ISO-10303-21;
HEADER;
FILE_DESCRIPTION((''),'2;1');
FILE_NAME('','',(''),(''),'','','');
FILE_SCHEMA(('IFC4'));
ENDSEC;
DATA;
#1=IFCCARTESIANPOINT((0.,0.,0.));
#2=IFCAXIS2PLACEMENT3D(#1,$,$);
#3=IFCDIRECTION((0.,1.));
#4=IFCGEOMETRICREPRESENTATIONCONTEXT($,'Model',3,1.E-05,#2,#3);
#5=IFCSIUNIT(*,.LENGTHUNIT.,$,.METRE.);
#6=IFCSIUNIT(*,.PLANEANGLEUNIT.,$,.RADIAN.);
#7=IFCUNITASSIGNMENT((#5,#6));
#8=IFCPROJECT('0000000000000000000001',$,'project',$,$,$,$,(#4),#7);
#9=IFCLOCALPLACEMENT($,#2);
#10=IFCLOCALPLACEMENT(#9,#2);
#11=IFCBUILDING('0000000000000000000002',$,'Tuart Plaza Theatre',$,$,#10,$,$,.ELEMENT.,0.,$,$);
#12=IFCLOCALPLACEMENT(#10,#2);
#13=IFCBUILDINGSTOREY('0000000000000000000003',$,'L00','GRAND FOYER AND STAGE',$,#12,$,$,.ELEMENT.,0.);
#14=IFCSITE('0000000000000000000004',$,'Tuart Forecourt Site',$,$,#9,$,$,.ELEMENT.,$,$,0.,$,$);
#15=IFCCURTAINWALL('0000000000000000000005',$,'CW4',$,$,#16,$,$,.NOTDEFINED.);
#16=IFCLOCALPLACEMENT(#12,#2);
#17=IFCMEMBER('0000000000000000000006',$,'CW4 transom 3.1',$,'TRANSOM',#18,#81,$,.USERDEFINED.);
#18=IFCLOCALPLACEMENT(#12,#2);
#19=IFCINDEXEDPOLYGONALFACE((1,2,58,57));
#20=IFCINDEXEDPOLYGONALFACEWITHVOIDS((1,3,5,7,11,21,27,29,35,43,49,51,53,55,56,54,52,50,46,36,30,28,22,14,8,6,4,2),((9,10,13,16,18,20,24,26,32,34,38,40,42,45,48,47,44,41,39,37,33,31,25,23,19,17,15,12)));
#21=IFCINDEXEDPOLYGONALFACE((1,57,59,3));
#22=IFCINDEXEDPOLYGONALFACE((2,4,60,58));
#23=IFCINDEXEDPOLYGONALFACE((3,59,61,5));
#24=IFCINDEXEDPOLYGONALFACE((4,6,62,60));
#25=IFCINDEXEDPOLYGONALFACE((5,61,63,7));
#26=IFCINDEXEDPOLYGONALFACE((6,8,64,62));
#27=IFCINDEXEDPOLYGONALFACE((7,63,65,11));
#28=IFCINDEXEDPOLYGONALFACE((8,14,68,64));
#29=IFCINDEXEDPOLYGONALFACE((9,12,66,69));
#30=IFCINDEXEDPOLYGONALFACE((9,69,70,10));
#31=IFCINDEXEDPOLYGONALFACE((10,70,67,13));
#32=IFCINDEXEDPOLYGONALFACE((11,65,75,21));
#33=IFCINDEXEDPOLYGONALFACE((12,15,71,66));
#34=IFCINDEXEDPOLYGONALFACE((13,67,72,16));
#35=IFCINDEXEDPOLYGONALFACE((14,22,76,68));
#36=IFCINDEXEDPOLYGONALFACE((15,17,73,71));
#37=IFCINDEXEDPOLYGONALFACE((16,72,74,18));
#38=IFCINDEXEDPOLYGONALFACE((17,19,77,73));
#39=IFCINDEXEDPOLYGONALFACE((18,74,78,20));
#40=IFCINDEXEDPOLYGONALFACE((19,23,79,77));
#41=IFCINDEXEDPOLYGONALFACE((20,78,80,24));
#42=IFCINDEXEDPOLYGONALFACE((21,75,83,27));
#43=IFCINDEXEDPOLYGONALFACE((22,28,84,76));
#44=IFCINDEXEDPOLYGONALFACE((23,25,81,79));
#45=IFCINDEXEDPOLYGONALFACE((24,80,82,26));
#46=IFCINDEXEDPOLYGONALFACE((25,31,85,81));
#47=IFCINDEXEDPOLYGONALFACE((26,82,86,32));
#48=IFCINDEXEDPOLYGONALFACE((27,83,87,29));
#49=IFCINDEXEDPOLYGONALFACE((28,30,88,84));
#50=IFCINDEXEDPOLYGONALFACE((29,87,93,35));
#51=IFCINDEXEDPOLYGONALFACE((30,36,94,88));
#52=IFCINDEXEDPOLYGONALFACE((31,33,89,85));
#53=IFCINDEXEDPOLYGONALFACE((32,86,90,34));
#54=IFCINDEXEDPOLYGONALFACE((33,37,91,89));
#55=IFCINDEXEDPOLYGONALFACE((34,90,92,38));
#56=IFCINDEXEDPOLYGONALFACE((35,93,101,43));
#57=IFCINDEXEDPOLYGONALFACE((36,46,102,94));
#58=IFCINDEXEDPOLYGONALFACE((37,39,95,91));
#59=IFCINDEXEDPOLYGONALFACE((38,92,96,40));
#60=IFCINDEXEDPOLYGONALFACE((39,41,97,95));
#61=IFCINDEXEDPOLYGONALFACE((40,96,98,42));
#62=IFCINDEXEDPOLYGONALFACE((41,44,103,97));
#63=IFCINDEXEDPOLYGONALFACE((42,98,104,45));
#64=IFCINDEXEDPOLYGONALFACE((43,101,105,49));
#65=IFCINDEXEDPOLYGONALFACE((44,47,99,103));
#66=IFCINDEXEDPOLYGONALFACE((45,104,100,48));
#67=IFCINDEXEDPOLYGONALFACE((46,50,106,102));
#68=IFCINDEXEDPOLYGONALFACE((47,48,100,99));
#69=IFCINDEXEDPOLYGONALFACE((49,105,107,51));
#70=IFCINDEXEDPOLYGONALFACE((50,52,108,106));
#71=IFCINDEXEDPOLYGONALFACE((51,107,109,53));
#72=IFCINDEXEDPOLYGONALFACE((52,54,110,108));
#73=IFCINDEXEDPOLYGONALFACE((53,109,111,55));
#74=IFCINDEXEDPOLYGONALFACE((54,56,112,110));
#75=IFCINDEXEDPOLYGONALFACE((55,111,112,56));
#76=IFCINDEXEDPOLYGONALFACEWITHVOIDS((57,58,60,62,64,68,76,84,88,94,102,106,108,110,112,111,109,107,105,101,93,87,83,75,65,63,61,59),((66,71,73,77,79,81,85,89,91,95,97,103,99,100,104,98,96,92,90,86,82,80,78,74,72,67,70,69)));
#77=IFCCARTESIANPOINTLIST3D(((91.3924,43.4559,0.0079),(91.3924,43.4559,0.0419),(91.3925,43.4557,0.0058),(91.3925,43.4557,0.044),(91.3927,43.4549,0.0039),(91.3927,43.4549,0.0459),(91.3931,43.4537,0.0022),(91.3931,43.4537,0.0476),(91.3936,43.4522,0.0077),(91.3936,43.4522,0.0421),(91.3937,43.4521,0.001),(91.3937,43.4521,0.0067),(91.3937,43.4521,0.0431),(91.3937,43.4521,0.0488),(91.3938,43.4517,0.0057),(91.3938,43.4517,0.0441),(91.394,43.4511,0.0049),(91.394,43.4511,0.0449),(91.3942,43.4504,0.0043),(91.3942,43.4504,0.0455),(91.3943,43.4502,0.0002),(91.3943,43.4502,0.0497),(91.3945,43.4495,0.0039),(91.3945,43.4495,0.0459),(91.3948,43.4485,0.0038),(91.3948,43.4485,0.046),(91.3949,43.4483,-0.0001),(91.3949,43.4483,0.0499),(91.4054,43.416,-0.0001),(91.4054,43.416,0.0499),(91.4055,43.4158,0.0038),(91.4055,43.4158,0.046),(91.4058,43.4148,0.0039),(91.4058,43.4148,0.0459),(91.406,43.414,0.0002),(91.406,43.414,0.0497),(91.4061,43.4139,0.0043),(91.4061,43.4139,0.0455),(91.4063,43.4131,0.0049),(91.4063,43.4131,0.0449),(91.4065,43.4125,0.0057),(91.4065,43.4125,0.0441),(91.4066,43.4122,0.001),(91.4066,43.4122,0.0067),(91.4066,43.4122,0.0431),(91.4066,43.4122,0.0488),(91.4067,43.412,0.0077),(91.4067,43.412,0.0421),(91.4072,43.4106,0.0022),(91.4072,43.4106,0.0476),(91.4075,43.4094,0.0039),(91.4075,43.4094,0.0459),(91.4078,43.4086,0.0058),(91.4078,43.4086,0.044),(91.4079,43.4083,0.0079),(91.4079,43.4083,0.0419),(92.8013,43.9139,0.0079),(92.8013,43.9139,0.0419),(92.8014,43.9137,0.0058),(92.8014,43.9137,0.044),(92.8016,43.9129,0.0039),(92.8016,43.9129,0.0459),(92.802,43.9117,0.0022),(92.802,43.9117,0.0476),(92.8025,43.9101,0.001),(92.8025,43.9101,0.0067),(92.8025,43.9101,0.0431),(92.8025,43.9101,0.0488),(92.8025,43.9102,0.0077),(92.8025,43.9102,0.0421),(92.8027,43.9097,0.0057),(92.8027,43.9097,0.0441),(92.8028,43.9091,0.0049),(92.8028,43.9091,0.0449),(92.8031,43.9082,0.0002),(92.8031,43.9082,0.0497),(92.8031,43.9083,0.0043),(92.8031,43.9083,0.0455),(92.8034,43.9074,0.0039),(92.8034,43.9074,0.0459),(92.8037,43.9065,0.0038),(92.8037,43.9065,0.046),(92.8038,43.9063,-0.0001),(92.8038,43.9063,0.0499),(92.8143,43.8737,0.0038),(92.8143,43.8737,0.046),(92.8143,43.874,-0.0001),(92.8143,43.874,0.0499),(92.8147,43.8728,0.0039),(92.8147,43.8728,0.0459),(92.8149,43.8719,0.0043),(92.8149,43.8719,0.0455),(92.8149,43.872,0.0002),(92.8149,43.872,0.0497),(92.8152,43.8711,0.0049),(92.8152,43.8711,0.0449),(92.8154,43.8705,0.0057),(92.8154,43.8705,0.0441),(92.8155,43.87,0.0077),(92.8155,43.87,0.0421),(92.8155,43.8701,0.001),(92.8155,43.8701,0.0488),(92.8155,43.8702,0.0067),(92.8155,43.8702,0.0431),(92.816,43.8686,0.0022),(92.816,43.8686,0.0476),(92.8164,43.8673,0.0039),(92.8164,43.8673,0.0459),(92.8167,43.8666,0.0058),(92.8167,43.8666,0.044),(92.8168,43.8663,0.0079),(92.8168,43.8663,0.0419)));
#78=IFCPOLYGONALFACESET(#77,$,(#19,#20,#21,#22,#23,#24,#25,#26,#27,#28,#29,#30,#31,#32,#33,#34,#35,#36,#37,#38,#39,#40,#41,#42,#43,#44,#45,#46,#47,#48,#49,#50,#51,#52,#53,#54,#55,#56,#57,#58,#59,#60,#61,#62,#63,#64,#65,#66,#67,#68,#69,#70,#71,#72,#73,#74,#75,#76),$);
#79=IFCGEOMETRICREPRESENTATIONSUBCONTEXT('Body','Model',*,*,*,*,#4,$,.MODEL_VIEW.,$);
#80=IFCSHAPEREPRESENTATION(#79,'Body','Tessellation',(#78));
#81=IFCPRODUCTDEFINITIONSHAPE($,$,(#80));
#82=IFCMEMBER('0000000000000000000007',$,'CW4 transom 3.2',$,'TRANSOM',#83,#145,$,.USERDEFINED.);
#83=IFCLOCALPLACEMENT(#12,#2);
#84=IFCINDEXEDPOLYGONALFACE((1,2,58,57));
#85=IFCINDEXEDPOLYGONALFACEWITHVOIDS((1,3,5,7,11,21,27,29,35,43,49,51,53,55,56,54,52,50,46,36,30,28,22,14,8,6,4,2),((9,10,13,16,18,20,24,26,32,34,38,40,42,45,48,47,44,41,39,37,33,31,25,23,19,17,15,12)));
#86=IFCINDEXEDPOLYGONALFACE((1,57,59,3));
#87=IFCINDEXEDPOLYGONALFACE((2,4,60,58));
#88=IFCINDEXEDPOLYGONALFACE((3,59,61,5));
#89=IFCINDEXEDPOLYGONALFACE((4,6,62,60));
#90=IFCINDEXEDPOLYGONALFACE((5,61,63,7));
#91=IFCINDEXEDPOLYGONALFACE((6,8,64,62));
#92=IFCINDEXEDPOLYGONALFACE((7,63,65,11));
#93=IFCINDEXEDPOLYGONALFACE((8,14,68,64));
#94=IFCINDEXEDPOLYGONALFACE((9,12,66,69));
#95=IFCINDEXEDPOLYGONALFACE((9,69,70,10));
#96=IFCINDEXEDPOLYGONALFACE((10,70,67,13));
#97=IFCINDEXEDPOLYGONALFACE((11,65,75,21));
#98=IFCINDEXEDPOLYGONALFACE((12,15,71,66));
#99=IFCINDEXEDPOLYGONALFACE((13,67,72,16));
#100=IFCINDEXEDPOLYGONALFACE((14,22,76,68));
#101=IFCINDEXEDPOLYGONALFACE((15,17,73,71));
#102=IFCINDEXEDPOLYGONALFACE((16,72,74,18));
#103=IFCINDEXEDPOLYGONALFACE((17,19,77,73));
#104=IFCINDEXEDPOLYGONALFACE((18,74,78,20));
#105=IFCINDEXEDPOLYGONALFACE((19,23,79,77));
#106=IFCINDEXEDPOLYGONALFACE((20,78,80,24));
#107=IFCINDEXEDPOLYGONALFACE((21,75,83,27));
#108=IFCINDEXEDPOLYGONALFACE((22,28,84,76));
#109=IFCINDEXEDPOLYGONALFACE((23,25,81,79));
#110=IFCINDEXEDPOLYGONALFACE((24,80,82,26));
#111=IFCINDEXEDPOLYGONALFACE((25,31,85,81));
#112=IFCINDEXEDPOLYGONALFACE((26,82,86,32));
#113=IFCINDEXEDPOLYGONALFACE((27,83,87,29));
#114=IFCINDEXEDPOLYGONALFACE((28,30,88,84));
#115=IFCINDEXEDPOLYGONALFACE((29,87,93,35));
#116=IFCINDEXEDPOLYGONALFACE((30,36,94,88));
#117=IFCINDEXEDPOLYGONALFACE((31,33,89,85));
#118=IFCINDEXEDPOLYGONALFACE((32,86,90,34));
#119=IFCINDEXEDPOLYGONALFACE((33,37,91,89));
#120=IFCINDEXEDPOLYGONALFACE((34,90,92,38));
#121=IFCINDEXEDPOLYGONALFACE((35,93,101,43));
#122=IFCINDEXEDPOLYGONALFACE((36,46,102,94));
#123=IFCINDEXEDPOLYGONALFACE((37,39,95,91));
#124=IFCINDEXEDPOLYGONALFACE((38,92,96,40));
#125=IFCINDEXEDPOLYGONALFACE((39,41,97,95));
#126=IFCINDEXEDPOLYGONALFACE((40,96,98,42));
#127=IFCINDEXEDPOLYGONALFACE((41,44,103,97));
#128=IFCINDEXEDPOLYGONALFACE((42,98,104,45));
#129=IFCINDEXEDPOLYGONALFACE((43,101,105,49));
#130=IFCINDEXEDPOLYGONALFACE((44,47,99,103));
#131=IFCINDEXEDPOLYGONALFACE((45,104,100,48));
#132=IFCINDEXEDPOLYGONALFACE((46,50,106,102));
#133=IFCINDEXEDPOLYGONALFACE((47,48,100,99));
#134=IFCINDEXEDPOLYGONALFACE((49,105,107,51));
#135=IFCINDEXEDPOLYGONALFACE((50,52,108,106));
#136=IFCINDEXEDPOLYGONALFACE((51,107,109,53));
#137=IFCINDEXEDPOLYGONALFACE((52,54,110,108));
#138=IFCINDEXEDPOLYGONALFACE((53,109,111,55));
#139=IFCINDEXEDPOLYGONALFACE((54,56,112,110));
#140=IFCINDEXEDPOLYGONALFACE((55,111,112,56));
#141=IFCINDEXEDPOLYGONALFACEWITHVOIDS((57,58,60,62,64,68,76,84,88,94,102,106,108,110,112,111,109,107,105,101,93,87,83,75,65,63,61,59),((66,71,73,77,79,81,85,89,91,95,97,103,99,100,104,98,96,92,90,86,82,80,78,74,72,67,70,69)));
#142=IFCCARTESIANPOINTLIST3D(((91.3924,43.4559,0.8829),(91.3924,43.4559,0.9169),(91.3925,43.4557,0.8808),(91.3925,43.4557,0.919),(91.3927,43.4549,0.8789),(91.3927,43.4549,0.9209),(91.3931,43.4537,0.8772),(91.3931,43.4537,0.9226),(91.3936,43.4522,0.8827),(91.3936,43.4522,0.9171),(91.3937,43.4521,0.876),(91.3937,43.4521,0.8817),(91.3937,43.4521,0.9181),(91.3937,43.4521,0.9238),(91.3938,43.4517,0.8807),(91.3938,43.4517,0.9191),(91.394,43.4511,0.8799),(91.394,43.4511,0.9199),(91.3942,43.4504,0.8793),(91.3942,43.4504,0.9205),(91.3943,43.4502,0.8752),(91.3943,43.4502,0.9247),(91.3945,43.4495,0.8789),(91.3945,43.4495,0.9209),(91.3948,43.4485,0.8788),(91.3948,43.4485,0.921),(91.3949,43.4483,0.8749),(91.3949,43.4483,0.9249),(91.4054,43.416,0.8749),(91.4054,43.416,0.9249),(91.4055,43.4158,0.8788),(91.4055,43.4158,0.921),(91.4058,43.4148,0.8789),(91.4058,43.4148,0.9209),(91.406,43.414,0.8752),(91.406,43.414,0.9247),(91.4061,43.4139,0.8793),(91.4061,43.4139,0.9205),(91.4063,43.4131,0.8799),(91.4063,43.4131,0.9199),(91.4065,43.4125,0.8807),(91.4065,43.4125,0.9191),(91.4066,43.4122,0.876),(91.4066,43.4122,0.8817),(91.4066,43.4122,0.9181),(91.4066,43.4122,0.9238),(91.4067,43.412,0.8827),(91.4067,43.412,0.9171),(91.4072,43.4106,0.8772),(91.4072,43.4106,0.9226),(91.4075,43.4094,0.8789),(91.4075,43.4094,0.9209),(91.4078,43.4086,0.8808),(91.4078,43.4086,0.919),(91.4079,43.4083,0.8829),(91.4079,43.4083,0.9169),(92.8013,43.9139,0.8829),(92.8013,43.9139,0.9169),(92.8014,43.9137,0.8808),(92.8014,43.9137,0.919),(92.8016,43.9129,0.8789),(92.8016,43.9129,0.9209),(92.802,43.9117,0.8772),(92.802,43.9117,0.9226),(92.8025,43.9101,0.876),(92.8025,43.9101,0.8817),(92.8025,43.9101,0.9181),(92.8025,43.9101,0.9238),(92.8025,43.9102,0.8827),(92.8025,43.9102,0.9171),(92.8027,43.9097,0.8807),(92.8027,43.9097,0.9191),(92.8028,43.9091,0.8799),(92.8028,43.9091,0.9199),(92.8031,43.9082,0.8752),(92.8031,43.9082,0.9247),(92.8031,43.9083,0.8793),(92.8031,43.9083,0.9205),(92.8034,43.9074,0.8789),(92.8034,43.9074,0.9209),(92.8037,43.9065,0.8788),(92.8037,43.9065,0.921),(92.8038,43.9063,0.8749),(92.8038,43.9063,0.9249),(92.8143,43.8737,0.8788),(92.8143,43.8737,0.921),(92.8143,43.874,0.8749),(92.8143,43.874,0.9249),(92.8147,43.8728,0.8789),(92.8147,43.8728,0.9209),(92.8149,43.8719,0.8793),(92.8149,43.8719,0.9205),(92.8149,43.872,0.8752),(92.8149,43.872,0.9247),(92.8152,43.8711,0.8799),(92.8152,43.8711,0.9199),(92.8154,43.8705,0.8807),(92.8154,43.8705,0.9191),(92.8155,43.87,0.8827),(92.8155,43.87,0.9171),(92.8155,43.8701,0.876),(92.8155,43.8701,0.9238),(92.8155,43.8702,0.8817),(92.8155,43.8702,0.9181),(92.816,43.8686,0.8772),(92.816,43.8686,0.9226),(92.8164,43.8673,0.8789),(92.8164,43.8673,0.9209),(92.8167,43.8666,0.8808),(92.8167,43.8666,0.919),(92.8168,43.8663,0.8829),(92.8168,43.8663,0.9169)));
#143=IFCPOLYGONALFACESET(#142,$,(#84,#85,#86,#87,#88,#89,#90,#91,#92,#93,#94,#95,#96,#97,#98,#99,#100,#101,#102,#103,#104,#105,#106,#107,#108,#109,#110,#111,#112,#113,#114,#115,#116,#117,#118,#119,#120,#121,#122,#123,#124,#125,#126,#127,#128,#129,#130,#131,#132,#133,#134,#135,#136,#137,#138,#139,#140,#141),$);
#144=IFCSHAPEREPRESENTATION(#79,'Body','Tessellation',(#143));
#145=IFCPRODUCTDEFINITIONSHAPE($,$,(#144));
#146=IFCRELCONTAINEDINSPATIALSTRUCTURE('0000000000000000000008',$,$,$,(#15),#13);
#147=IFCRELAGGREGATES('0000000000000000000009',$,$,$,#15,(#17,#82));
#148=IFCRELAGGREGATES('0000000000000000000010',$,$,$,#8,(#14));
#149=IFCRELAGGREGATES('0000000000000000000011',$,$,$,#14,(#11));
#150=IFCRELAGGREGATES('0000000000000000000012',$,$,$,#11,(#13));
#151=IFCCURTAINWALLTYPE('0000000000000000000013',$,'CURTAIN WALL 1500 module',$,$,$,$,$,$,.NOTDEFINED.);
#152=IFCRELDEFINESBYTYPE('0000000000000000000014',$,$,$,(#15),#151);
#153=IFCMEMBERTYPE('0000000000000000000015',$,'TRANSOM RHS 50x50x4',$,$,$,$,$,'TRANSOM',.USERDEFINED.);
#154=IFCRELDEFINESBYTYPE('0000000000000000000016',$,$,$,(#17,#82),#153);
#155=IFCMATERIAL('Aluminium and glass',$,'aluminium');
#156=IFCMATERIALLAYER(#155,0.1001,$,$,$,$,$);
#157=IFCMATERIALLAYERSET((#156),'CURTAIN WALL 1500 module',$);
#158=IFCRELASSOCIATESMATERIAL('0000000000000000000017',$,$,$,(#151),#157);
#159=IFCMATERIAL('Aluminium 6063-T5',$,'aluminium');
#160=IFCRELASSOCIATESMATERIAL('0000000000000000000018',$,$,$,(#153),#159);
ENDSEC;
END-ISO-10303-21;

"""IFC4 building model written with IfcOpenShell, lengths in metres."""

from ifc_helpers import new_model, si_unit, direction, frame, origin, origin_2d, place, context, subcontext, project, spatial, hollow_rectangle, extrude, material, layer, layer_set, material_profile, profile_set, type_object, element, aggregate, save


model = new_model("IFC4")

# Units and contexts
model_context = context("Model", 3, precision=1e-05, world=origin(), true_north=direction((0.0, 1.0)))
body_context = subcontext(model_context, "Body", "Model", "MODEL_VIEW")
ifc_project = project(units=[si_unit("LENGTHUNIT", "METRE"), si_unit("PLANEANGLEUNIT", "RADIAN")], contexts=[model_context])

# Site, building, storey
site_placement = place(None, origin())
site = spatial("IfcSite", under=ifc_project, at=site_placement, Name="Tuart Forecourt Site", CompositionType="ELEMENT", RefElevation=0.0)
building_placement = place(site_placement, origin())
building = spatial("IfcBuilding", under=site, at=building_placement, Name="Tuart Plaza Theatre", CompositionType="ELEMENT", ElevationOfRefHeight=0.0)
storey_placement = place(building_placement, origin())
storey = spatial("IfcBuildingStorey", under=building, at=storey_placement, Name="L00", Description="GRAND FOYER AND STAGE", CompositionType="ELEMENT", Elevation=0.0)

# Curtain wall, members
ifc_material_1 = material(Name="Aluminium and glass", Category="aluminium")
ifc_layer_1 = layer(ifc_material_1, 0.1001)
ifc_layer_set_1 = layer_set([ifc_layer_1], Name="CURTAIN WALL 1500 module")
curtain_wall_type = type_object("IfcCurtainWallType", Name="CURTAIN WALL 1500 module", PredefinedType="NOTDEFINED", material=ifc_layer_set_1)
curtain_wall_1_placement = place(storey_placement, origin())
curtain_wall_1 = element("IfcCurtainWall", 1, at=curtain_wall_1_placement, inside=storey, type_object=curtain_wall_type, Name="CW4", PredefinedType="NOTDEFINED")
ifc_material_2 = material(Name="Aluminium 6063-T5", Category="aluminium")
ifc_material_profile_1 = material_profile(ifc_material_2, hollow_rectangle(XDim=0.05, YDim=0.05, WallThickness=0.0039, InnerFilletRadius=0.0039, OuterFilletRadius=0.0081, at=origin_2d()), Name="RHS 50x50x4")
ifc_profile_set_1 = profile_set([ifc_material_profile_1], Name="Aluminium 6063-T5")
member_type_1 = type_object("IfcMemberType", Name="TRANSOM RHS 50x50x4", ElementType="TRANSOM", PredefinedType="USERDEFINED", material=ifc_profile_set_1)
member_1_placement = place(storey_placement, frame((91.4001, 43.4321, 0.0249), z_axis=(0.951013, 0.309149, 0.0), x_axis=(-0.309149, 0.951013, 0.0)))
member_1 = element("IfcMember", 2, at=member_1_placement, type_object=member_type_1, Name="CW4 transom 3.1", ObjectType="TRANSOM", PredefinedType="USERDEFINED", context=body_context, shape_type="SweptSolid", body=[
    extrude(hollow_rectangle(XDim=0.05, YDim=0.05, WallThickness=0.0039, InnerFilletRadius=0.0039, OuterFilletRadius=0.0081, at=origin_2d()), origin(), (0.0, 0.0, 1.0), 1.4814),
])
member_2_placement = place(storey_placement, frame((91.4001, 43.4321, 0.8999), z_axis=(0.951013, 0.309149, 0.0), x_axis=(-0.309149, 0.951013, 0.0)))
member_2 = element("IfcMember", 3, at=member_2_placement, type_object=member_type_1, Name="CW4 transom 3.2", ObjectType="TRANSOM", PredefinedType="USERDEFINED", context=body_context, shape_type="SweptSolid", body=[
    extrude(hollow_rectangle(XDim=0.05, YDim=0.05, WallThickness=0.0039, InnerFilletRadius=0.0039, OuterFilletRadius=0.0081, at=origin_2d()), origin(), (0.0, 0.0, 1.0), 1.4814),
])

aggregate(curtain_wall_1, [member_1, member_2])

save(model, "model.ifc")
